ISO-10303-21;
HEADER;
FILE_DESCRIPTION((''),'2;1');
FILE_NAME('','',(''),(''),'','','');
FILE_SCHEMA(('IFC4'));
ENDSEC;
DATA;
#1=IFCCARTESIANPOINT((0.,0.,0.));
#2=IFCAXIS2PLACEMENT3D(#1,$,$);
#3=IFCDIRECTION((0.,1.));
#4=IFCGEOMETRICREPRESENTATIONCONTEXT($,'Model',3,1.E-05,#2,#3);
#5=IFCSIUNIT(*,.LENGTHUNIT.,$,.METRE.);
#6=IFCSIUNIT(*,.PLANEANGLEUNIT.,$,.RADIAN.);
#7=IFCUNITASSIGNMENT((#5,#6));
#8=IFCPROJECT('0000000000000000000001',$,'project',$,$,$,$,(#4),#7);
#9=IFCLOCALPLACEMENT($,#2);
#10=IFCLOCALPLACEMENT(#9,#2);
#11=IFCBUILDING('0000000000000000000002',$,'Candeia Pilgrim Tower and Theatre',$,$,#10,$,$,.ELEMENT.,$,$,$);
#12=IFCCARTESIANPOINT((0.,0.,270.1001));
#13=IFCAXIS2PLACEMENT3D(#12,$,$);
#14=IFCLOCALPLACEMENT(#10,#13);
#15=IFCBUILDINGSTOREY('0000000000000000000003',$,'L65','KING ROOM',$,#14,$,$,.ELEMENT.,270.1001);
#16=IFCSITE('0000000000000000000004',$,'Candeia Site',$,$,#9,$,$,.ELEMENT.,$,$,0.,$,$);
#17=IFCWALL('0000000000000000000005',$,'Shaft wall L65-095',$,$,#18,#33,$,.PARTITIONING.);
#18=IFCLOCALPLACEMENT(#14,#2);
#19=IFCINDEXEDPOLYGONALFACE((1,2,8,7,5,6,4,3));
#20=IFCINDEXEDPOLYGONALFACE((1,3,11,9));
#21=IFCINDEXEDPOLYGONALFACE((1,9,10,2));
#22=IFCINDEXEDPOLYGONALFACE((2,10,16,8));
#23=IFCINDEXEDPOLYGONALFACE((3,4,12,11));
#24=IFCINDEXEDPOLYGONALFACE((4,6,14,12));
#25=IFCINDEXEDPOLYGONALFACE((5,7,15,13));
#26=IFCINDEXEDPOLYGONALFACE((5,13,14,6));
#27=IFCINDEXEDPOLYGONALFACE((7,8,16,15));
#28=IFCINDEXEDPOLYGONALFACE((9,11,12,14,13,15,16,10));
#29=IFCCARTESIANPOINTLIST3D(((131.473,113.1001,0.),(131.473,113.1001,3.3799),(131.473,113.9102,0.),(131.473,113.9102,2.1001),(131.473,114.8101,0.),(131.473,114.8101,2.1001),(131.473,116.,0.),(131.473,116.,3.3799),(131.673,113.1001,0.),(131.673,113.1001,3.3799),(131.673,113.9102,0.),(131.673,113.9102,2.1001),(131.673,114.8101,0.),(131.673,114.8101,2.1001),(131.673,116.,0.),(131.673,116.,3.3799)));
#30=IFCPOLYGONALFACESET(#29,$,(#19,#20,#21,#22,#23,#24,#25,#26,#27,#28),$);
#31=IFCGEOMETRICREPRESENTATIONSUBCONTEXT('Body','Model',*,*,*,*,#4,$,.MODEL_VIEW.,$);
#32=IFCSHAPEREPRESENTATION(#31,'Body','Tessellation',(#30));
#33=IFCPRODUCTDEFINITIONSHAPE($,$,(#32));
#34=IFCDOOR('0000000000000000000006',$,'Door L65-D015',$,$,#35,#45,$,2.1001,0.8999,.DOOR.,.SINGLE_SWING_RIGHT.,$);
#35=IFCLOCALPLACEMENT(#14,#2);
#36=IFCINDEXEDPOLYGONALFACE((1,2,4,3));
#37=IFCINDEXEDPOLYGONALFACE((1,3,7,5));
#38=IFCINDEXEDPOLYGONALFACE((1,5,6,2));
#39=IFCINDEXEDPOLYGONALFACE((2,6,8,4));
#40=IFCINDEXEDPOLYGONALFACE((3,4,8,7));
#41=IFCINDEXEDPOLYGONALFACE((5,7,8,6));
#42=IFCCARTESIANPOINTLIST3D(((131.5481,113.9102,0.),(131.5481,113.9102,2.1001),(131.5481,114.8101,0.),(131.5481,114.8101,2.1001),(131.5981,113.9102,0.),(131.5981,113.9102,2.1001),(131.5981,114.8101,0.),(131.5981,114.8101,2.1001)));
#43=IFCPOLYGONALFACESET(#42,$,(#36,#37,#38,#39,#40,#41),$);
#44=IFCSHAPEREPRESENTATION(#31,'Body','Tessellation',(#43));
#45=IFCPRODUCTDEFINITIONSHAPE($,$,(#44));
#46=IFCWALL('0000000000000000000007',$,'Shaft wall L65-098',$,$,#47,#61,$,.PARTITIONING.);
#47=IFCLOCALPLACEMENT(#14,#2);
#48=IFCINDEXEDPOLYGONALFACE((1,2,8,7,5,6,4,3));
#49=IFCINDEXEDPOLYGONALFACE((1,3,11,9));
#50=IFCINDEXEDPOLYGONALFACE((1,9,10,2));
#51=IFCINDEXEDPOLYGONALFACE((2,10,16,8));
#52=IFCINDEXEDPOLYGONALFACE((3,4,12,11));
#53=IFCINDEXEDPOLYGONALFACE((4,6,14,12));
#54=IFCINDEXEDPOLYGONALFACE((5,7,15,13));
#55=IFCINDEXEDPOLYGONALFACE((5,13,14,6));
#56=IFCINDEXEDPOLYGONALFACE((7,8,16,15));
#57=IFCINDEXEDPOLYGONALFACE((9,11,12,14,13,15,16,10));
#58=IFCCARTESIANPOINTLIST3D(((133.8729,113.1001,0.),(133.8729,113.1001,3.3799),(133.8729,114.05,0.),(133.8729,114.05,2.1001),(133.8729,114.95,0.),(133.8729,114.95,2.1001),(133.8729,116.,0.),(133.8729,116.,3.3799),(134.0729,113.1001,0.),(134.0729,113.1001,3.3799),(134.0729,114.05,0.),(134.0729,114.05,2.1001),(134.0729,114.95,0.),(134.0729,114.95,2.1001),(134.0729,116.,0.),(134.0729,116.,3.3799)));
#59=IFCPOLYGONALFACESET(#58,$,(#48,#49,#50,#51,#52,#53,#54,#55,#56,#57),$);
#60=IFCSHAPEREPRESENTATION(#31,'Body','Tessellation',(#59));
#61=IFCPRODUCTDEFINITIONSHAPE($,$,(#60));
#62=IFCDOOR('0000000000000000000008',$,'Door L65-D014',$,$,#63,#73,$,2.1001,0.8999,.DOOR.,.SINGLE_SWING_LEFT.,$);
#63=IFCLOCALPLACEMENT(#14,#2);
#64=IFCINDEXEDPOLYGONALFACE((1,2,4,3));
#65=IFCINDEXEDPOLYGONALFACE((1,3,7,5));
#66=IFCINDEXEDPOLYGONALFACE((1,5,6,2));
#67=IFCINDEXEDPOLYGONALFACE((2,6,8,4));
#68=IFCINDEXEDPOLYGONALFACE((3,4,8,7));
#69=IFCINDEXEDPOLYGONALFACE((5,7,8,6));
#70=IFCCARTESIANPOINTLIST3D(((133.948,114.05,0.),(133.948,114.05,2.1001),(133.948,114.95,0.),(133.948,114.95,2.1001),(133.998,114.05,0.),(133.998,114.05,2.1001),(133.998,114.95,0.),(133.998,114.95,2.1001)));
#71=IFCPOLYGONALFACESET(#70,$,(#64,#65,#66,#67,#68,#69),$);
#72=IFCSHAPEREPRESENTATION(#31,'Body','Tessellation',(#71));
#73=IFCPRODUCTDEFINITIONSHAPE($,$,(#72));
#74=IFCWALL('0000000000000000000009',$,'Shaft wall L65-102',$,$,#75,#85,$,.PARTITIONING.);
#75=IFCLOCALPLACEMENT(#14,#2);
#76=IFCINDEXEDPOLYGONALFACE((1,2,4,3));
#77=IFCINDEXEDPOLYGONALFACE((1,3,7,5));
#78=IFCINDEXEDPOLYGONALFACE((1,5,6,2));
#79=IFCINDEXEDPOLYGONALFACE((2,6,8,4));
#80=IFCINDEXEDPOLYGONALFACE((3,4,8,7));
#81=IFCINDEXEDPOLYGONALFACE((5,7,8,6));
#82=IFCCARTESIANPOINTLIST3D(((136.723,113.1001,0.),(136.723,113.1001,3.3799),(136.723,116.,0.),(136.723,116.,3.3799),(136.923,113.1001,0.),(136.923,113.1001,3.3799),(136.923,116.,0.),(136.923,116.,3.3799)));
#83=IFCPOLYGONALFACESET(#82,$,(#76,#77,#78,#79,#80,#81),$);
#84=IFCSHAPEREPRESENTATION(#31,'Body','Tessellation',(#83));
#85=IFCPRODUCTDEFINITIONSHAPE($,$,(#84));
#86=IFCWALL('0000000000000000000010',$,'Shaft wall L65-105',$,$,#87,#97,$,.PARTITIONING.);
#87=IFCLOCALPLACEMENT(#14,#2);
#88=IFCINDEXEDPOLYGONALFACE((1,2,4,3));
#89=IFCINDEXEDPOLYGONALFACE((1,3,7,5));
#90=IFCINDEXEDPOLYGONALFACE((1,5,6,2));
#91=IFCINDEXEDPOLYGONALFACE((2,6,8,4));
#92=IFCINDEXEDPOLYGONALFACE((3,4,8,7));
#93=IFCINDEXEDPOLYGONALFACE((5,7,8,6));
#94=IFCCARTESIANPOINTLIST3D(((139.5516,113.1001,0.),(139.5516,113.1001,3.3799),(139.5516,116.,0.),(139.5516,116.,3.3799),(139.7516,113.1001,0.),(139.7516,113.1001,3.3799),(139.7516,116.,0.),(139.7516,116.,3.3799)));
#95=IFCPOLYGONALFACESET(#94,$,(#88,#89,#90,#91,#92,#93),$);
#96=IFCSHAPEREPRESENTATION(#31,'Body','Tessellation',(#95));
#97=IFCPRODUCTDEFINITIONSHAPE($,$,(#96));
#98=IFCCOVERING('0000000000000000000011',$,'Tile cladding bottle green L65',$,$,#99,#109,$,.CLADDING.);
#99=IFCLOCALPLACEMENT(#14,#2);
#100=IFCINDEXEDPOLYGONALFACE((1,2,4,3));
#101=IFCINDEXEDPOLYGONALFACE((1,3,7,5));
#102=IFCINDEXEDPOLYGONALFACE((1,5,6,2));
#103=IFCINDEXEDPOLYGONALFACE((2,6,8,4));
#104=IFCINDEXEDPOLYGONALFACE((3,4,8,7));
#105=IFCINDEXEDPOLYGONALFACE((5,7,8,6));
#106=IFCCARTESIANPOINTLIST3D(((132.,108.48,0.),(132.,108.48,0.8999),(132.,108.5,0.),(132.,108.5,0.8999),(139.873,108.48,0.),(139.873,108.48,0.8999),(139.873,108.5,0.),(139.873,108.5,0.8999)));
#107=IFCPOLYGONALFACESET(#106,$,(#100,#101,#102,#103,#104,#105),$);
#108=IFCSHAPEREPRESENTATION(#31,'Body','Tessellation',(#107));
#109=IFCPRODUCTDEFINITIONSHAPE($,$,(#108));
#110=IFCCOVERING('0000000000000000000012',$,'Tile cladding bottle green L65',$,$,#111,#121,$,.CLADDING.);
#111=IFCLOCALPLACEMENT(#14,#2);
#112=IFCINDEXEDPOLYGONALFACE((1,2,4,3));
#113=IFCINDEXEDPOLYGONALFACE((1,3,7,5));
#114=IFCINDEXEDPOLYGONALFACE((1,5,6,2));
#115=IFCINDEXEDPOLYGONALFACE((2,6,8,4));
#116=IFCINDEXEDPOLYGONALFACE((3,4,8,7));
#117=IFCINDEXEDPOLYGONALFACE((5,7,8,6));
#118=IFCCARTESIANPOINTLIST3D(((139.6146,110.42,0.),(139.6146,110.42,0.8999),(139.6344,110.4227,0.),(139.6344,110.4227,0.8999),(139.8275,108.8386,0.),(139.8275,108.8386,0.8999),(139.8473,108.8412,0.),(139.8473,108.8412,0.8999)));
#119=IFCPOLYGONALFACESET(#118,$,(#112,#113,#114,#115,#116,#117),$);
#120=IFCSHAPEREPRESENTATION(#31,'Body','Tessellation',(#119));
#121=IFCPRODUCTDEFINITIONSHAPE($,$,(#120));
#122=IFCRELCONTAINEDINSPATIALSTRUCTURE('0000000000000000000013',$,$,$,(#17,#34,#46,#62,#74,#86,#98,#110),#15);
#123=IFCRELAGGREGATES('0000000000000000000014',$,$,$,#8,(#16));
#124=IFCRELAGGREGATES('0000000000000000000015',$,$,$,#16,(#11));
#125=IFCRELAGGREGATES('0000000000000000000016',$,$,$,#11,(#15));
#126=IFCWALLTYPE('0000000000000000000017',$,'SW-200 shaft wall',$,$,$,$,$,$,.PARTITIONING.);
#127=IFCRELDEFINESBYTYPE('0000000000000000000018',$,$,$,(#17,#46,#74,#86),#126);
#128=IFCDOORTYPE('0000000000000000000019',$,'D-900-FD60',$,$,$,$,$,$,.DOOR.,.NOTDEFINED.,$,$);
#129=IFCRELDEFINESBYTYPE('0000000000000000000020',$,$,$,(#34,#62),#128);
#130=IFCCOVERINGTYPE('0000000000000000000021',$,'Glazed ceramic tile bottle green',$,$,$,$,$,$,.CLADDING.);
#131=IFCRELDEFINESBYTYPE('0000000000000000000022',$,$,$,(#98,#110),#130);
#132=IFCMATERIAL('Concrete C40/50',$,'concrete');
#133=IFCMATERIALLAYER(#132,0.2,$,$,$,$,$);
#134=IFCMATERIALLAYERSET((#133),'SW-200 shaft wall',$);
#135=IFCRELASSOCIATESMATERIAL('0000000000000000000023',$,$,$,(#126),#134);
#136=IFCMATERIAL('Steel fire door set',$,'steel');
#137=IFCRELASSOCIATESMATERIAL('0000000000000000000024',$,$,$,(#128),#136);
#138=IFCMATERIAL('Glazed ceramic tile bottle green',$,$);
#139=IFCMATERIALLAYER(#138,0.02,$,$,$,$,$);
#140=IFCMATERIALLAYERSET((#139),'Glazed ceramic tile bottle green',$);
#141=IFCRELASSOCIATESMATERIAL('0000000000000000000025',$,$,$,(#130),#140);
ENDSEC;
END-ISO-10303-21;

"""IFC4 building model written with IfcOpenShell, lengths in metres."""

from ifc_helpers import new_model, si_unit, direction, frame, frame_2d, origin, origin_2d, place, context, subcontext, project, spatial, rectangle, extrude, material, layer, layer_set, type_object, element, fill, save


model = new_model("IFC4")

# Units and contexts
model_context = context("Model", 3, precision=1e-05, world=origin(), true_north=direction((0.0, 1.0)))
body_context = subcontext(model_context, "Body", "Model", "MODEL_VIEW")
ifc_project = project(units=[si_unit("LENGTHUNIT", "METRE"), si_unit("PLANEANGLEUNIT", "RADIAN")], contexts=[model_context])

# Site, building, storey
site_placement = place(None, origin())
site = spatial("IfcSite", under=ifc_project, at=site_placement, Name="Candeia Site", CompositionType="ELEMENT", RefElevation=0.0)
building_placement = place(site_placement, origin())
building = spatial("IfcBuilding", under=site, at=building_placement, Name="Candeia Pilgrim Tower and Theatre", CompositionType="ELEMENT")
storey_placement = place(building_placement, frame((0.0, 0.0, 270.1001)))
storey = spatial("IfcBuildingStorey", under=building, at=storey_placement, Name="L65", Description="KING ROOM", CompositionType="ELEMENT", Elevation=270.1001)

# Shared definitions
ifc_material_1 = material(Name="Concrete C40/50", Category="concrete")

# Shared definitions
ifc_material_2 = material(Name="Steel fire door set", Category="steel")

# Walls, openings, doors
ifc_layer_1 = layer(ifc_material_1, 0.2)
ifc_layer_set_1 = layer_set([ifc_layer_1], Name="SW-200 shaft wall")
wall_type_1 = type_object("IfcWallType", Name="SW-200 shaft wall", PredefinedType="PARTITIONING", material=ifc_layer_set_1)
door_type_1 = type_object("IfcDoorType", Name="D-900-FD60", OperationType="NOTDEFINED", PredefinedType="DOOR", material=ifc_material_2)
wall_1_placement = place(storey_placement, frame((131.573, 113.1001, 0.0), z_axis=(0.0, 0.0, 1.0), x_axis=(0.0, 1.0, 0.0)))
wall_1 = element("IfcWall", 1, at=wall_1_placement, inside=storey, type_object=wall_type_1, Name="Shaft wall L65-095", PredefinedType="PARTITIONING", context=body_context, shape_type="SweptSolid", body=[
    extrude(rectangle(XDim=2.8999, YDim=0.2, at=frame_2d((1.45, 0.0))), origin(), (0.0, 0.0, 1.0), 3.3799),
])
opening_1_placement = place(wall_1_placement, frame((0.8101, 0.0, 0.0)))
opening_1 = element("IfcOpeningElement", 2, at=opening_1_placement, cuts=wall_1, PredefinedType="OPENING", context=body_context, shape_type="SweptSolid", body=[
    extrude(rectangle(XDim=0.8999, YDim=2.1001, at=frame_2d((0.45, 1.05))), frame((0.0, 0.1099, 0.0), z_axis=(0.0, -1.0, 0.0), x_axis=(1.0, 0.0, 0.0)), (0.0, 0.0, 1.0), 0.22),
])
door_1_placement = place(opening_1_placement, origin())
door_1 = element("IfcDoor", 3, at=door_1_placement, inside=storey, type_object=door_type_1, Name="Door L65-D015", OperationType="SINGLE_SWING_RIGHT", OverallHeight=2.1001, OverallWidth=0.8999, PredefinedType="DOOR", context=body_context, shape_type="SweptSolid", body=[
    extrude(rectangle(XDim=0.8999, YDim=2.1001, at=frame_2d((0.45, 1.05))), frame((0.0, 0.0249, 0.0), z_axis=(0.0, -1.0, 0.0), x_axis=(1.0, 0.0, 0.0)), (0.0, 0.0, 1.0), 0.05),
])
fill(opening_1, door_1)
wall_2_placement = place(storey_placement, frame((133.9729, 113.1001, 0.0), z_axis=(0.0, 0.0, 1.0), x_axis=(0.0, 1.0, 0.0)))
wall_2 = element("IfcWall", 4, at=wall_2_placement, inside=storey, type_object=wall_type_1, Name="Shaft wall L65-098", PredefinedType="PARTITIONING", context=body_context, shape_type="SweptSolid", body=[
    extrude(rectangle(XDim=2.8999, YDim=0.2, at=frame_2d((1.45, 0.0))), origin(), (0.0, 0.0, 1.0), 3.3799),
])
opening_2_placement = place(wall_2_placement, frame((0.95, 0.0, 0.0)))
opening_2 = element("IfcOpeningElement", 5, at=opening_2_placement, cuts=wall_2, PredefinedType="OPENING", context=body_context, shape_type="SweptSolid", body=[
    extrude(rectangle(XDim=0.8999, YDim=2.1001, at=frame_2d((0.45, 1.05))), frame((0.0, 0.1099, 0.0), z_axis=(0.0, -1.0, 0.0), x_axis=(1.0, 0.0, 0.0)), (0.0, 0.0, 1.0), 0.22),
])
door_2_placement = place(opening_2_placement, origin())
door_2 = element("IfcDoor", 6, at=door_2_placement, inside=storey, type_object=door_type_1, Name="Door L65-D014", OperationType="SINGLE_SWING_LEFT", OverallHeight=2.1001, OverallWidth=0.8999, PredefinedType="DOOR", context=body_context, shape_type="SweptSolid", body=[
    extrude(rectangle(XDim=0.8999, YDim=2.1001, at=frame_2d((0.45, 1.05))), frame((0.0, 0.0249, 0.0), z_axis=(0.0, -1.0, 0.0), x_axis=(1.0, 0.0, 0.0)), (0.0, 0.0, 1.0), 0.05),
])
fill(opening_2, door_2)

# Walls
for number, where, z_axis, x_axis, name in (
    (7, (136.823, 113.1001, 0.0), (0.0, 0.0, 1.0), (0.0, 1.0, 0.0), "Shaft wall L65-102"),
    (8, (139.6516, 113.1001, 0.0), (0.0, 0.0, 1.0), (0.0, 1.0, 0.0), "Shaft wall L65-105"),
):
    element("IfcWall", number, at=place(storey_placement, frame(where, z_axis=z_axis, x_axis=x_axis)), inside=storey, type_object=wall_type_1, Name=name, PredefinedType="PARTITIONING", context=body_context, shape_type="SweptSolid", body=[
        extrude(rectangle(XDim=2.8999, YDim=0.2, at=frame_2d((1.45, 0.0))), origin(), (0.0, 0.0, 1.0), 3.3799),
    ])

# Coverings
ifc_material_3 = material(Name="Glazed ceramic tile bottle green")
ifc_layer_2 = layer(ifc_material_3, 0.02)
ifc_layer_set_2 = layer_set([ifc_layer_2], Name="Glazed ceramic tile bottle green")
covering_type = type_object("IfcCoveringType", Name="Glazed ceramic tile bottle green", PredefinedType="CLADDING", material=ifc_layer_set_2)
covering_1_placement = place(storey_placement, frame((135.9365, 108.49, 0.0), z_axis=(0.0, 0.0, 1.0), x_axis=(1.0, 0.0, 0.0)))
element("IfcCovering", 9, at=covering_1_placement, inside=storey, type_object=covering_type, Name="Tile cladding bottle green L65", PredefinedType="CLADDING", context=body_context, shape_type="SweptSolid", body=[
    extrude(rectangle(XDim=7.873, YDim=0.02, at=origin_2d()), origin(), (0.0, 0.0, 1.0), 0.8999),
])
covering_2_placement = place(storey_placement, frame((139.731, 109.6306, 0.0), z_axis=(0.0, 0.0, 1.0), x_axis=(-0.133412, 0.991061, 0.0)))
element("IfcCovering", 10, at=covering_2_placement, inside=storey, type_object=covering_type, Name="Tile cladding bottle green L65", PredefinedType="CLADDING", context=body_context, shape_type="SweptSolid", body=[
    extrude(rectangle(XDim=1.5957, YDim=0.02, at=origin_2d()), origin(), (0.0, 0.0, 1.0), 0.8999),
])

save(model, "model.ifc")
